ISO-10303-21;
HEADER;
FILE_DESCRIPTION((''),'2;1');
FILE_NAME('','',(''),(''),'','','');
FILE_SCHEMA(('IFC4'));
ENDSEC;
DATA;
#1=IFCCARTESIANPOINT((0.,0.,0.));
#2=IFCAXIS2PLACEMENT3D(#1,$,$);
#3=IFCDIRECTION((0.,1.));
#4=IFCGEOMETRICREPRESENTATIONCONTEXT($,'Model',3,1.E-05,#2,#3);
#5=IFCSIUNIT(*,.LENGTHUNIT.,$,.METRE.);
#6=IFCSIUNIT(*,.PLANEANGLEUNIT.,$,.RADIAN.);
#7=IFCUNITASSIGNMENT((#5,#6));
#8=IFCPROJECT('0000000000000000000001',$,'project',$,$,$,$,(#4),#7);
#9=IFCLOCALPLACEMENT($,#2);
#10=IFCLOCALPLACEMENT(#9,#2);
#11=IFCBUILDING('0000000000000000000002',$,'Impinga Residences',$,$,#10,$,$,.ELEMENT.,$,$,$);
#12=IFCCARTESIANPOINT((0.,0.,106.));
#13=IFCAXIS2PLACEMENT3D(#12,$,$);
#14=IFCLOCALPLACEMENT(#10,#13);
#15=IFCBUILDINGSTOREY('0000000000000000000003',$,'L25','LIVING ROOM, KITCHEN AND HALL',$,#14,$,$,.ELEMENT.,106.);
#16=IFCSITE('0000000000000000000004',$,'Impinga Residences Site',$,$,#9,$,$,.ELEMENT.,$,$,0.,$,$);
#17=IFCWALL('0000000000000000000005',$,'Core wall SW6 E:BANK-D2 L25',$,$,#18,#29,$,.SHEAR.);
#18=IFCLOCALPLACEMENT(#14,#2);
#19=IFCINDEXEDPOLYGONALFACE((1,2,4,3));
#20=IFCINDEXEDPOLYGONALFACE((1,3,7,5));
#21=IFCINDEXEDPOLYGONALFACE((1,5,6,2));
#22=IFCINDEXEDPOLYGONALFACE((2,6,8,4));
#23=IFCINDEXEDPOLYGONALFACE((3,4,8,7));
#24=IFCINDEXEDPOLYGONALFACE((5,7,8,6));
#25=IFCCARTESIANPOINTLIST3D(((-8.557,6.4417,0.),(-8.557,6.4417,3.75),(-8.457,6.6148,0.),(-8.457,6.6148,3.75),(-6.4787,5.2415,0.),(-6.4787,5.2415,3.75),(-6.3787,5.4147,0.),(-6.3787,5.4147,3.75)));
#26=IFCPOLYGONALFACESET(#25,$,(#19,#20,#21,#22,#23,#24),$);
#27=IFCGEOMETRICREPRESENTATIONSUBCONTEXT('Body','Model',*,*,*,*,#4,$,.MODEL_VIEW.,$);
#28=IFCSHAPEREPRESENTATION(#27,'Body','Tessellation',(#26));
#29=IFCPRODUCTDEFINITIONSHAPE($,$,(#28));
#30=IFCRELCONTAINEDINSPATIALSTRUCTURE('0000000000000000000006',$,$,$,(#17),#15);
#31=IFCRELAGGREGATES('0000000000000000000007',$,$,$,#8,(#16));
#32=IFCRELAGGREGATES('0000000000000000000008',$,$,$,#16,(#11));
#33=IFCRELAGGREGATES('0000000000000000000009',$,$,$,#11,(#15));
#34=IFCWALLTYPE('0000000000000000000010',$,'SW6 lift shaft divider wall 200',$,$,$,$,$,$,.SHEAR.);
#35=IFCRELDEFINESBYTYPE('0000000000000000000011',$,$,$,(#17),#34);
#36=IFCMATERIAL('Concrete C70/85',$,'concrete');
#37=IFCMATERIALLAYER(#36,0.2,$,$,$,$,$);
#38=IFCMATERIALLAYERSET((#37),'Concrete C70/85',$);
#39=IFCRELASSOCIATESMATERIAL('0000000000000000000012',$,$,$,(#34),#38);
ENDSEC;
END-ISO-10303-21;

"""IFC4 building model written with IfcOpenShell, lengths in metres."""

from ifc_helpers import new_model, si_unit, direction, frame, frame_2d, origin, place, context, subcontext, project, spatial, rectangle, extrude, material, layer, layer_set, type_object, element, save


model = new_model("IFC4")

# Units and contexts
model_context = context("Model", 3, precision=1e-05, world=origin(), true_north=direction((0.0, 1.0)))
body_context = subcontext(model_context, "Body", "Model", "MODEL_VIEW")
ifc_project = project(units=[si_unit("LENGTHUNIT", "METRE"), si_unit("PLANEANGLEUNIT", "RADIAN")], contexts=[model_context])

# Site, building, storey
site_placement = place(None, origin())
site = spatial("IfcSite", under=ifc_project, at=site_placement, Name="Impinga Residences Site", CompositionType="ELEMENT", RefElevation=0.0)
building_placement = place(site_placement, origin())
building = spatial("IfcBuilding", under=site, at=building_placement, Name="Impinga Residences", CompositionType="ELEMENT")
storey_placement = place(building_placement, frame((0.0, 0.0, 106.0)))
storey = spatial("IfcBuildingStorey", under=building, at=storey_placement, Name="L25", Description="LIVING ROOM, KITCHEN AND HALL", CompositionType="ELEMENT", Elevation=106.0)

# Shared definitions
ifc_material_1 = material(Name="Concrete C70/85", Category="concrete")

# Wall
ifc_layer_1 = layer(ifc_material_1, 0.2)
ifc_layer_set_1 = layer_set([ifc_layer_1], Name="Concrete C70/85")
wall_type_1 = type_object("IfcWallType", Name="SW6 lift shaft divider wall 200", PredefinedType="SHEAR", material=ifc_layer_set_1)
wall_1_placement = place(storey_placement, frame((-6.4287, 5.3281, 0.0), z_axis=(0.0, 0.0, 1.0), x_axis=(-0.865981, 0.500078, 0.0)))
element("IfcWall", 1, at=wall_1_placement, inside=storey, type_object=wall_type_1, Name="Core wall SW6 E:BANK-D2 L25", PredefinedType="SHEAR", context=body_context, shape_type="SweptSolid", body=[
    extrude(rectangle(XDim=2.3999, YDim=0.2, at=frame_2d((1.2, 0.0))), origin(), (0.0, 0.0, 1.0), 3.75),
])

save(model, "model.ifc")
